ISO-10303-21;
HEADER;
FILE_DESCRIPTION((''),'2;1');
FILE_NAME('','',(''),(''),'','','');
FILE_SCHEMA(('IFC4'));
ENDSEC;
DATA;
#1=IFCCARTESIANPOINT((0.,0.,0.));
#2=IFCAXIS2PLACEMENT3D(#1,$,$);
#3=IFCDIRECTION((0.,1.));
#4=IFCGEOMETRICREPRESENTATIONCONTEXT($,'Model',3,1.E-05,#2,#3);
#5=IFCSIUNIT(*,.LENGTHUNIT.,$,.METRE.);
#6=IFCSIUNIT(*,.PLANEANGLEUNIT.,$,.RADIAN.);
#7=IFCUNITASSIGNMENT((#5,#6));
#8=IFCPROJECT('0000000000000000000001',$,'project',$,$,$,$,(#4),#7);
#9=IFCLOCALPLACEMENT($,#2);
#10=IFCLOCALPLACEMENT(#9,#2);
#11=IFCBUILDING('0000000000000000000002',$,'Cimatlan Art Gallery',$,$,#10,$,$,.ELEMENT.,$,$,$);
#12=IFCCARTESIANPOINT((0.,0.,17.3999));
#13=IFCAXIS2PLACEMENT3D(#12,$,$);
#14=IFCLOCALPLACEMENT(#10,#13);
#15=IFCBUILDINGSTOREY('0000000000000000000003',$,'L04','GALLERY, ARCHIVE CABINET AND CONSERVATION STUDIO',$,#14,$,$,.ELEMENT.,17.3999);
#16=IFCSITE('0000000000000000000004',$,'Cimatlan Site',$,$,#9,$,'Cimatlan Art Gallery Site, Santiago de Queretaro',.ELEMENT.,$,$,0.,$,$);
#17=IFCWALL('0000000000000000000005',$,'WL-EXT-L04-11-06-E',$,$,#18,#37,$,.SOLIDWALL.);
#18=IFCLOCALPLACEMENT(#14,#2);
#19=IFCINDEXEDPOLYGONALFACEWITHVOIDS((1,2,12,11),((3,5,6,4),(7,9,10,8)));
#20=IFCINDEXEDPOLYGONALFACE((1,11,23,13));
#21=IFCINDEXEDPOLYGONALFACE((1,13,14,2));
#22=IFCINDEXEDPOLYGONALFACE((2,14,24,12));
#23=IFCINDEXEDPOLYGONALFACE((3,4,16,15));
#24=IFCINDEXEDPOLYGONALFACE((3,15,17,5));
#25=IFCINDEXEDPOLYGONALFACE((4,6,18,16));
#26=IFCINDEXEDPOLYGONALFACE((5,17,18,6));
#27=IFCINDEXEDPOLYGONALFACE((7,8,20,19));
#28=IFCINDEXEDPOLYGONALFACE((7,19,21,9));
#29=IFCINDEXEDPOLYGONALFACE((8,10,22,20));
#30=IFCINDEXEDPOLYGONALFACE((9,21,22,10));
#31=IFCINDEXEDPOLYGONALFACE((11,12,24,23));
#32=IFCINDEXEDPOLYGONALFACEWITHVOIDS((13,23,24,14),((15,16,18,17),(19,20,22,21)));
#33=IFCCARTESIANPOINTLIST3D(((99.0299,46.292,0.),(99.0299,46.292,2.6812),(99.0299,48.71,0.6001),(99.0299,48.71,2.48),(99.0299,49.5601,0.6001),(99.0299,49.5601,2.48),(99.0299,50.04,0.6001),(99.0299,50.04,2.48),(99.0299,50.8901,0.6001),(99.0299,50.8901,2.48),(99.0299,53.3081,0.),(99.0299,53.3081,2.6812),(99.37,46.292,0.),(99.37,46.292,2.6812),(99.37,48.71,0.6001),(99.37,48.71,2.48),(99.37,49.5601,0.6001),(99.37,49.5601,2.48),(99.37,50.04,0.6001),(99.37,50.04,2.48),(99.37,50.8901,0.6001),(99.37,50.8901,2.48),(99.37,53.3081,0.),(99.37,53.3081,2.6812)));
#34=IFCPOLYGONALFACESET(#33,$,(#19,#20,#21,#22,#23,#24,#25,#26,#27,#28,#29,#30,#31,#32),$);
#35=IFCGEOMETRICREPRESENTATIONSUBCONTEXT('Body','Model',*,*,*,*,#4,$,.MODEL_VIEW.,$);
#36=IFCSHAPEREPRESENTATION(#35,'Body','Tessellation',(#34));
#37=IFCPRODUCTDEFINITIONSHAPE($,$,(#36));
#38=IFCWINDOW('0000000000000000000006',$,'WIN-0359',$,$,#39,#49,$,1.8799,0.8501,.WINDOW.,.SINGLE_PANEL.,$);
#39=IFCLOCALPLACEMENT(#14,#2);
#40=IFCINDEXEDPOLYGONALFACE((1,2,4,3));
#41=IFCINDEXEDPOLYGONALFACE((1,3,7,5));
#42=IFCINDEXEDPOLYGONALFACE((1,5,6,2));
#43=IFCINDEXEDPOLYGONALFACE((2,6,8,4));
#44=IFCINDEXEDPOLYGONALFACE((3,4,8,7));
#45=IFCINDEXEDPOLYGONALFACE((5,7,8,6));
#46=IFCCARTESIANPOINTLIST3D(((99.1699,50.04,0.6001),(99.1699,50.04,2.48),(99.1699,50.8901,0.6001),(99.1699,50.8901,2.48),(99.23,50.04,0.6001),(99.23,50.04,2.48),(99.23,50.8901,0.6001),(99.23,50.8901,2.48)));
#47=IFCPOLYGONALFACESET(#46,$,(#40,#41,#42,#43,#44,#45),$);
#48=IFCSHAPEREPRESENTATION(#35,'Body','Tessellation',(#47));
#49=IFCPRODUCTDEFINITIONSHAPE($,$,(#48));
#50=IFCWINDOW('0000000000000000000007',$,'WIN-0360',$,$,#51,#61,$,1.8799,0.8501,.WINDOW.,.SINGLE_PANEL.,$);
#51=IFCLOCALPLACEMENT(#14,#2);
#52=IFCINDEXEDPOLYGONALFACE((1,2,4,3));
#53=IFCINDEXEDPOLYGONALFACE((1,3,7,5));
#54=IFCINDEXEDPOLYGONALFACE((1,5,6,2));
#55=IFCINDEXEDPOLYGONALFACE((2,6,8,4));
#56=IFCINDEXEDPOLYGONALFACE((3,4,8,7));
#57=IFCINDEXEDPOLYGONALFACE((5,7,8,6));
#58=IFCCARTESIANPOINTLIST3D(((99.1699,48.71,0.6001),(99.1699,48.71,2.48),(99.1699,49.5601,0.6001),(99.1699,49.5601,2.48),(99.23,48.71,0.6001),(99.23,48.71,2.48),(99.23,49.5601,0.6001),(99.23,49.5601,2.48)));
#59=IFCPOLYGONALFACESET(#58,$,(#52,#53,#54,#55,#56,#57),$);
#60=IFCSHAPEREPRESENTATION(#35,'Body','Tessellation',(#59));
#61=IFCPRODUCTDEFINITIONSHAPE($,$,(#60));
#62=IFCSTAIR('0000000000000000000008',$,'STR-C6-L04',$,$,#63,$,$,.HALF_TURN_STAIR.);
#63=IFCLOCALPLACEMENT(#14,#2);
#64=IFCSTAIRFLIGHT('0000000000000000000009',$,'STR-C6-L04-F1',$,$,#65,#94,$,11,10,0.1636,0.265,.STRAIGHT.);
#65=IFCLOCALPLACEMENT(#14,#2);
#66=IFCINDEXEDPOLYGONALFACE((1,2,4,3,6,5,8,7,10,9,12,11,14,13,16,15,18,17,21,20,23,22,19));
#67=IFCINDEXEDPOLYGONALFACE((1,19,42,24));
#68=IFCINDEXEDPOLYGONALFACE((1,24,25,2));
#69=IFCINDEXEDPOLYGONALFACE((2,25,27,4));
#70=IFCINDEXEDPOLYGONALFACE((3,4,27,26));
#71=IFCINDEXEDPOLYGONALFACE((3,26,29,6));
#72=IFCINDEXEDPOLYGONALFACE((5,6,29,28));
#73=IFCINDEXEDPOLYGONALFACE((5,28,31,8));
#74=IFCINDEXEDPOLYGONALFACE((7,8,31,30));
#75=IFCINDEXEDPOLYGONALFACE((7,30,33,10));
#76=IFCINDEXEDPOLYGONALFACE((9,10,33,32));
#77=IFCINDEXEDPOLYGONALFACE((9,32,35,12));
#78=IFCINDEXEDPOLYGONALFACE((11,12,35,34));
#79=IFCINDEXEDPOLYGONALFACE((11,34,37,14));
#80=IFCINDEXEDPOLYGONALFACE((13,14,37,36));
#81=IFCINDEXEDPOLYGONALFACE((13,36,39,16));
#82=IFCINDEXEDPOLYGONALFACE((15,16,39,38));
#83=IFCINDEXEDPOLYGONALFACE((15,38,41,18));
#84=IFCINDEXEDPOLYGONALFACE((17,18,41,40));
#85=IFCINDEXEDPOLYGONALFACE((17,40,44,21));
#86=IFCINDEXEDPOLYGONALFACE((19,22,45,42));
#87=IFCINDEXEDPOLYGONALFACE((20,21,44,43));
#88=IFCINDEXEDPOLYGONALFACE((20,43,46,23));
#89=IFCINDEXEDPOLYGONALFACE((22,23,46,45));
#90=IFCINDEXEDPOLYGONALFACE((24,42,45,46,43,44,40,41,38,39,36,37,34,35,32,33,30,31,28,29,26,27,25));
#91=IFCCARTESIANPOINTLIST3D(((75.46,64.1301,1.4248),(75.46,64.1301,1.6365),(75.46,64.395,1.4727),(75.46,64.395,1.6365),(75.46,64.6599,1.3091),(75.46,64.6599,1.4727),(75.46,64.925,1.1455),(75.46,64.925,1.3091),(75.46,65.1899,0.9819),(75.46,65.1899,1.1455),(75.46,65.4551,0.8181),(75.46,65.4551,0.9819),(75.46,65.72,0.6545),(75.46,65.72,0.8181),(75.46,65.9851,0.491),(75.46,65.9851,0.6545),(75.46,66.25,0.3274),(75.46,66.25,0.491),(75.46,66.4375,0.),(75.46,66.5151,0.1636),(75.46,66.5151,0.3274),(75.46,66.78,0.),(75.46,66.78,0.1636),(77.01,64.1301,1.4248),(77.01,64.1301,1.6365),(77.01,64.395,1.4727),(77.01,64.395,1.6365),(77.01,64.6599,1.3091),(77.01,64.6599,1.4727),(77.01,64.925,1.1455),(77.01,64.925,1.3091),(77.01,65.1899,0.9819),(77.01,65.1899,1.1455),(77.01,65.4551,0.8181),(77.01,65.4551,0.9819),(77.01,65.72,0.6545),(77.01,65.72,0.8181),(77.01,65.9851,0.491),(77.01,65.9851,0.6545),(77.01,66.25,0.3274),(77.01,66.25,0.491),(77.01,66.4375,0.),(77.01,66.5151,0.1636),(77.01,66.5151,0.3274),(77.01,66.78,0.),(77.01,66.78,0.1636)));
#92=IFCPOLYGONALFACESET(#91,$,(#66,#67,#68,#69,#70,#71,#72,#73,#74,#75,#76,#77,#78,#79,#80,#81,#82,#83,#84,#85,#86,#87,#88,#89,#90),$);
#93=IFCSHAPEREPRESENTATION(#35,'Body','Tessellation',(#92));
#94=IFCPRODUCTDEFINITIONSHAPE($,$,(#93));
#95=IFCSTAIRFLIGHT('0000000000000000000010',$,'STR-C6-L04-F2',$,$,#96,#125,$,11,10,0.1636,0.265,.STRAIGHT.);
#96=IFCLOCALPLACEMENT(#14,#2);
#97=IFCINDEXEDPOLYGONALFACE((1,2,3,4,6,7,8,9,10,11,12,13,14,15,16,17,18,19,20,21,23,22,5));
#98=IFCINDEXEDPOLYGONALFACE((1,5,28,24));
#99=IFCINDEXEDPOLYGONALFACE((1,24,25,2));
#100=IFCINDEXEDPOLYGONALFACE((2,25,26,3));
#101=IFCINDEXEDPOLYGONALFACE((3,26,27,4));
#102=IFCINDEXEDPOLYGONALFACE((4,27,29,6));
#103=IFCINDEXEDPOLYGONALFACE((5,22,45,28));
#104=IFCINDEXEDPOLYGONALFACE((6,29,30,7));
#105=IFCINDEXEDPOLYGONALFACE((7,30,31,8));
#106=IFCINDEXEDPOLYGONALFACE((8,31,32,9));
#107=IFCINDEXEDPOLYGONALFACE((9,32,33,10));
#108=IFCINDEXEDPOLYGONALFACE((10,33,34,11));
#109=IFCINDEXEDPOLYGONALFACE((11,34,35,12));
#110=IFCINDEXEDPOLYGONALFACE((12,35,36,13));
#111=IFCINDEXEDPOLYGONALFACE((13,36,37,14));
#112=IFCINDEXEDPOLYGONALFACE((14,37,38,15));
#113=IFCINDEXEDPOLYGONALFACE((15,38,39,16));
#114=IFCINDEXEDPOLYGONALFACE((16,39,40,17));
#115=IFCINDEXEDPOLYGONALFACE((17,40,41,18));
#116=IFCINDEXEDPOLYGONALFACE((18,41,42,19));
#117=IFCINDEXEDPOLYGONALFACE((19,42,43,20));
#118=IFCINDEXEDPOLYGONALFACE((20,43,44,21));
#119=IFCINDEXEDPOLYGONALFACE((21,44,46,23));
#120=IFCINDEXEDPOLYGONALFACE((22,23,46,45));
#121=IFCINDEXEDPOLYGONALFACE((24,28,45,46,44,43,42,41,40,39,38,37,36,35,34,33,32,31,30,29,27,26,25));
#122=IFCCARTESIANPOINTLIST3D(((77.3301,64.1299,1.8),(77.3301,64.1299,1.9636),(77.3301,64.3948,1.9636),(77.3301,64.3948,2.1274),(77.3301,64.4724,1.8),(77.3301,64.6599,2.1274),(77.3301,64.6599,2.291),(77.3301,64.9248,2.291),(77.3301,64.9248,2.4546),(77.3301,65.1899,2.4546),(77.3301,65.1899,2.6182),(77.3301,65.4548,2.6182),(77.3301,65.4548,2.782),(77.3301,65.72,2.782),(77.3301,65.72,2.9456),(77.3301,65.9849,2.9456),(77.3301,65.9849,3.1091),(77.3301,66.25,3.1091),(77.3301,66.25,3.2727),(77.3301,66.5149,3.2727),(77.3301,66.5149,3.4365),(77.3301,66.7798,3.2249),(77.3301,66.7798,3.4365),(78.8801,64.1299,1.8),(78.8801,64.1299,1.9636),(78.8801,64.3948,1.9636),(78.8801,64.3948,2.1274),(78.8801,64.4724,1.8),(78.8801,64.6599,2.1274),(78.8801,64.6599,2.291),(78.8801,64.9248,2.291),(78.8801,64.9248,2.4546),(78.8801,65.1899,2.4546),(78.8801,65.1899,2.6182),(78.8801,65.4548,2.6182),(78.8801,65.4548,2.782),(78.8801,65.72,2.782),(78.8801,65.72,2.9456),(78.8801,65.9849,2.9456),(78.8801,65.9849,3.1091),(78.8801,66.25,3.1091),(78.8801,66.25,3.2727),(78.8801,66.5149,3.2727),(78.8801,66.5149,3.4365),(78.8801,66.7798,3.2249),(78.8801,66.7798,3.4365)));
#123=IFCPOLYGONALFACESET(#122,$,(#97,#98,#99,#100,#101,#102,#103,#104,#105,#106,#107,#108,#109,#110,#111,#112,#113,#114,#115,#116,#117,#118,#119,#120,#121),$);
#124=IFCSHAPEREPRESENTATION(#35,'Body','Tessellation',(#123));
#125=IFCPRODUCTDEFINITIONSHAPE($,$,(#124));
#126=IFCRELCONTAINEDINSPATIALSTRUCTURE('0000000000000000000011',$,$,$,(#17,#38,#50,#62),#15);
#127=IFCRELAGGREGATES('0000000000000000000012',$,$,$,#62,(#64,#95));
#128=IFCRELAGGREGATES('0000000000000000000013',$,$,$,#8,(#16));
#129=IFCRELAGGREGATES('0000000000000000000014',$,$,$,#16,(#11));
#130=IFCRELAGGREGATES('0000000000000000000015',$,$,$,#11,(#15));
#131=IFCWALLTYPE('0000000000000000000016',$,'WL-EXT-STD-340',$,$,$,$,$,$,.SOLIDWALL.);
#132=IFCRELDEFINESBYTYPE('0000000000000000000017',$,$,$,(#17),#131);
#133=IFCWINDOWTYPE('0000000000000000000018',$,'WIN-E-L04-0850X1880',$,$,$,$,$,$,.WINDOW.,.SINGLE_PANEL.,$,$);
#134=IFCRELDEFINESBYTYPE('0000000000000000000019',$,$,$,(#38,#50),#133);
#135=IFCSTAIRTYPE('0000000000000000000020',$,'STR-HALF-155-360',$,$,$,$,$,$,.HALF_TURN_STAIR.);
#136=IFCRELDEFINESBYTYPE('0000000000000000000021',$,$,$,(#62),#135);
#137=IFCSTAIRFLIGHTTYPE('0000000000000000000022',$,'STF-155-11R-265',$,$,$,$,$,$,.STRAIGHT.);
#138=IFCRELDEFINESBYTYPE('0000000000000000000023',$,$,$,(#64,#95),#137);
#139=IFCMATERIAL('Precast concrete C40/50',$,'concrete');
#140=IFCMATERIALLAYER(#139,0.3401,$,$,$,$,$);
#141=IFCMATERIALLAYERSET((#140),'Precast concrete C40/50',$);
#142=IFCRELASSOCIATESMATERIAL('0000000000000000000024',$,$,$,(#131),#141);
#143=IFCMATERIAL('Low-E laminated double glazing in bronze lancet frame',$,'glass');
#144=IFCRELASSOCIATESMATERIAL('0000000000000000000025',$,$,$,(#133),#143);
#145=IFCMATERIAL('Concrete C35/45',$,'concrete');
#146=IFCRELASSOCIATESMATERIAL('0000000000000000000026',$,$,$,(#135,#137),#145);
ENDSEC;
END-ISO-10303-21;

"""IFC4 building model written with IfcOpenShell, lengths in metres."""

from ifc_helpers import new_model, si_unit, direction, frame, frame_2d, origin, place, context, subcontext, project, spatial, polyline, rectangle, outline, extrude, material, layer, layer_set, type_object, element, fill, aggregate, save


model = new_model("IFC4")

# Units and contexts
model_context = context("Model", 3, precision=1e-05, world=origin(), true_north=direction((0.0, 1.0)))
body_context = subcontext(model_context, "Body", "Model", "MODEL_VIEW")
ifc_project = project(units=[si_unit("LENGTHUNIT", "METRE"), si_unit("PLANEANGLEUNIT", "RADIAN")], contexts=[model_context])

# Site, building, storey
site_placement = place(None, origin())
site = spatial("IfcSite", under=ifc_project, at=site_placement, Name="Cimatlan Site", LongName="Cimatlan Art Gallery Site, Santiago de Queretaro", CompositionType="ELEMENT", RefElevation=0.0)
building_placement = place(site_placement, origin())
building = spatial("IfcBuilding", under=site, at=building_placement, Name="Cimatlan Art Gallery", CompositionType="ELEMENT")
storey_placement = place(building_placement, frame((0.0, 0.0, 17.3999)))
storey = spatial("IfcBuildingStorey", under=building, at=storey_placement, Name="L04", Description="GALLERY, ARCHIVE CABINET AND CONSERVATION STUDIO", CompositionType="ELEMENT", Elevation=17.3999)

# Wall, openings, windows
ifc_material_1 = material(Name="Precast concrete C40/50", Category="concrete")
ifc_layer_1 = layer(ifc_material_1, 0.3401)
ifc_layer_set_1 = layer_set([ifc_layer_1], Name="Precast concrete C40/50")
wall_type_1 = type_object("IfcWallType", Name="WL-EXT-STD-340", PredefinedType="SOLIDWALL", material=ifc_layer_set_1)
ifc_material_2 = material(Name="Low-E laminated double glazing in bronze lancet frame", Category="glass")
window_type = type_object("IfcWindowType", Name="WIN-E-L04-0850X1880", PartitioningType="SINGLE_PANEL", PredefinedType="WINDOW", material=ifc_material_2)
wall_1_placement = place(storey_placement, frame((99.2, 53.3081, 0.0), z_axis=(0.0, 0.0, 1.0), x_axis=(0.0, -1.0, 0.0)))
wall_1 = element("IfcWall", 1, at=wall_1_placement, inside=storey, type_object=wall_type_1, Name="WL-EXT-L04-11-06-E", PredefinedType="SOLIDWALL", context=body_context, shape_type="SweptSolid", body=[
    extrude(rectangle(XDim=7.0161, YDim=0.3401, at=frame_2d((3.5081, 0.0))), origin(), (0.0, 0.0, 1.0), 2.6812),
])
opening_1_placement = place(wall_1_placement, frame((2.418, 0.0, 0.6001)))
opening_1 = element("IfcOpeningElement", 2, at=opening_1_placement, cuts=wall_1, PredefinedType="OPENING", context=body_context, shape_type="SweptSolid", body=[
    extrude(rectangle(XDim=0.8501, YDim=1.8799, at=frame_2d((0.425, 0.9399))), frame((0.0, 0.1802, 0.0), z_axis=(0.0, -1.0, 0.0), x_axis=(1.0, 0.0, 0.0)), (0.0, 0.0, 1.0), 0.3601),
])
opening_2_placement = place(wall_1_placement, frame((3.748, 0.0, 0.6001)))
opening_2 = element("IfcOpeningElement", 3, at=opening_2_placement, cuts=wall_1, PredefinedType="OPENING", context=body_context, shape_type="SweptSolid", body=[
    extrude(rectangle(XDim=0.8501, YDim=1.8799, at=frame_2d((0.425, 0.9399))), frame((0.0, 0.1802, 0.0), z_axis=(0.0, -1.0, 0.0), x_axis=(1.0, 0.0, 0.0)), (0.0, 0.0, 1.0), 0.3601),
])
window_1_placement = place(opening_1_placement, origin())
window_1 = element("IfcWindow", 4, at=window_1_placement, inside=storey, type_object=window_type, Name="WIN-0359", OverallHeight=1.8799, OverallWidth=0.8501, PartitioningType="SINGLE_PANEL", PredefinedType="WINDOW", context=body_context, shape_type="SweptSolid", body=[
    extrude(rectangle(XDim=0.8501, YDim=1.8799, at=frame_2d((0.425, 0.9399))), frame((0.0, 0.03, 0.0), z_axis=(0.0, -1.0, 0.0), x_axis=(1.0, 0.0, 0.0)), (0.0, 0.0, 1.0), 0.0601),
])
fill(opening_1, window_1)
window_2_placement = place(opening_2_placement, origin())
window_2 = element("IfcWindow", 5, at=window_2_placement, inside=storey, type_object=window_type, Name="WIN-0360", OverallHeight=1.8799, OverallWidth=0.8501, PartitioningType="SINGLE_PANEL", PredefinedType="WINDOW", context=body_context, shape_type="SweptSolid", body=[
    extrude(rectangle(XDim=0.8501, YDim=1.8799, at=frame_2d((0.425, 0.9399))), frame((0.0, 0.03, 0.0), z_axis=(0.0, -1.0, 0.0), x_axis=(1.0, 0.0, 0.0)), (0.0, 0.0, 1.0), 0.0601),
])
fill(opening_2, window_2)

# Stair, stair flights
ifc_material_3 = material(Name="Concrete C35/45", Category="concrete")
stair_type = type_object("IfcStairType", Name="STR-HALF-155-360", PredefinedType="HALF_TURN_STAIR", material=ifc_material_3)
stair_placement = place(storey_placement, origin())
stair = element("IfcStair", 6, at=stair_placement, inside=storey, type_object=stair_type, Name="STR-C6-L04", PredefinedType="HALF_TURN_STAIR")
stair_flight_type = type_object("IfcStairFlightType", Name="STF-155-11R-265", PredefinedType="STRAIGHT", material=ifc_material_3)
stair_flight_1_placement = place(storey_placement, frame((76.2351, 66.78, 0.0), z_axis=(0.0, 0.0, 1.0), x_axis=(0.0, -1.0, 0.0)))
stair_flight_1 = element("IfcStairFlight", 7, at=stair_flight_1_placement, type_object=stair_flight_type, Name="STR-C6-L04-F1", NumberOfRisers=11, NumberOfTreads=10, PredefinedType="STRAIGHT", RiserHeight=0.1636, TreadLength=0.265, context=body_context, shape_type="SweptSolid", body=[
    extrude(outline(polyline([(0.0, 0.0), (0.0, 0.1636), (0.2649, 0.1636), (0.2649, 0.3274), (0.53, 0.3274), (0.53, 0.491), (0.7949, 0.491), (0.7949, 0.6545), (1.0601, 0.6545), (1.0601, 0.8181), (1.325, 0.8181), (1.325, 0.9819), (1.5901, 0.9819), (1.5901, 1.1455), (1.855, 1.1455), (1.855, 1.3091), (2.1201, 1.3091), (2.1201, 1.4727), (2.385, 1.4727), (2.385, 1.6365), (2.6499, 1.6365), (2.6499, 1.8), (2.6499, 1.4248), (0.3425, 0.0), (0.0, 0.0)])), frame((0.0, 0.7749, 0.0), z_axis=(0.0, -1.0, 0.0), x_axis=(1.0, 0.0, 0.0)), (0.0, 0.0, 1.0), 1.55),
])
stair_flight_2_placement = place(storey_placement, frame((78.105, 64.1299, 1.8), z_axis=(0.0, 0.0, 1.0), x_axis=(0.0, 1.0, 0.0)))
stair_flight_2 = element("IfcStairFlight", 8, at=stair_flight_2_placement, type_object=stair_flight_type, Name="STR-C6-L04-F2", NumberOfRisers=11, NumberOfTreads=10, PredefinedType="STRAIGHT", RiserHeight=0.1636, TreadLength=0.265, context=body_context, shape_type="SweptSolid", body=[
    extrude(outline(polyline([(0.0, 0.0), (0.0, 0.1636), (0.2649, 0.1636), (0.2649, 0.3274), (0.53, 0.3274), (0.53, 0.491), (0.7949, 0.491), (0.7949, 0.6545), (1.0601, 0.6545), (1.0601, 0.8181), (1.325, 0.8181), (1.325, 0.9819), (1.5901, 0.9819), (1.5901, 1.1455), (1.855, 1.1455), (1.855, 1.3091), (2.1201, 1.3091), (2.1201, 1.4727), (2.385, 1.4727), (2.385, 1.6365), (2.6499, 1.6365), (2.6499, 1.8), (2.6499, 1.4248), (0.3425, 0.0), (0.0, 0.0)])), frame((0.0, 0.7749, 0.0), z_axis=(0.0, -1.0, 0.0), x_axis=(1.0, 0.0, 0.0)), (0.0, 0.0, 1.0), 1.55),
])
aggregate(stair, [stair_flight_1, stair_flight_2])

save(model, "model.ifc")
